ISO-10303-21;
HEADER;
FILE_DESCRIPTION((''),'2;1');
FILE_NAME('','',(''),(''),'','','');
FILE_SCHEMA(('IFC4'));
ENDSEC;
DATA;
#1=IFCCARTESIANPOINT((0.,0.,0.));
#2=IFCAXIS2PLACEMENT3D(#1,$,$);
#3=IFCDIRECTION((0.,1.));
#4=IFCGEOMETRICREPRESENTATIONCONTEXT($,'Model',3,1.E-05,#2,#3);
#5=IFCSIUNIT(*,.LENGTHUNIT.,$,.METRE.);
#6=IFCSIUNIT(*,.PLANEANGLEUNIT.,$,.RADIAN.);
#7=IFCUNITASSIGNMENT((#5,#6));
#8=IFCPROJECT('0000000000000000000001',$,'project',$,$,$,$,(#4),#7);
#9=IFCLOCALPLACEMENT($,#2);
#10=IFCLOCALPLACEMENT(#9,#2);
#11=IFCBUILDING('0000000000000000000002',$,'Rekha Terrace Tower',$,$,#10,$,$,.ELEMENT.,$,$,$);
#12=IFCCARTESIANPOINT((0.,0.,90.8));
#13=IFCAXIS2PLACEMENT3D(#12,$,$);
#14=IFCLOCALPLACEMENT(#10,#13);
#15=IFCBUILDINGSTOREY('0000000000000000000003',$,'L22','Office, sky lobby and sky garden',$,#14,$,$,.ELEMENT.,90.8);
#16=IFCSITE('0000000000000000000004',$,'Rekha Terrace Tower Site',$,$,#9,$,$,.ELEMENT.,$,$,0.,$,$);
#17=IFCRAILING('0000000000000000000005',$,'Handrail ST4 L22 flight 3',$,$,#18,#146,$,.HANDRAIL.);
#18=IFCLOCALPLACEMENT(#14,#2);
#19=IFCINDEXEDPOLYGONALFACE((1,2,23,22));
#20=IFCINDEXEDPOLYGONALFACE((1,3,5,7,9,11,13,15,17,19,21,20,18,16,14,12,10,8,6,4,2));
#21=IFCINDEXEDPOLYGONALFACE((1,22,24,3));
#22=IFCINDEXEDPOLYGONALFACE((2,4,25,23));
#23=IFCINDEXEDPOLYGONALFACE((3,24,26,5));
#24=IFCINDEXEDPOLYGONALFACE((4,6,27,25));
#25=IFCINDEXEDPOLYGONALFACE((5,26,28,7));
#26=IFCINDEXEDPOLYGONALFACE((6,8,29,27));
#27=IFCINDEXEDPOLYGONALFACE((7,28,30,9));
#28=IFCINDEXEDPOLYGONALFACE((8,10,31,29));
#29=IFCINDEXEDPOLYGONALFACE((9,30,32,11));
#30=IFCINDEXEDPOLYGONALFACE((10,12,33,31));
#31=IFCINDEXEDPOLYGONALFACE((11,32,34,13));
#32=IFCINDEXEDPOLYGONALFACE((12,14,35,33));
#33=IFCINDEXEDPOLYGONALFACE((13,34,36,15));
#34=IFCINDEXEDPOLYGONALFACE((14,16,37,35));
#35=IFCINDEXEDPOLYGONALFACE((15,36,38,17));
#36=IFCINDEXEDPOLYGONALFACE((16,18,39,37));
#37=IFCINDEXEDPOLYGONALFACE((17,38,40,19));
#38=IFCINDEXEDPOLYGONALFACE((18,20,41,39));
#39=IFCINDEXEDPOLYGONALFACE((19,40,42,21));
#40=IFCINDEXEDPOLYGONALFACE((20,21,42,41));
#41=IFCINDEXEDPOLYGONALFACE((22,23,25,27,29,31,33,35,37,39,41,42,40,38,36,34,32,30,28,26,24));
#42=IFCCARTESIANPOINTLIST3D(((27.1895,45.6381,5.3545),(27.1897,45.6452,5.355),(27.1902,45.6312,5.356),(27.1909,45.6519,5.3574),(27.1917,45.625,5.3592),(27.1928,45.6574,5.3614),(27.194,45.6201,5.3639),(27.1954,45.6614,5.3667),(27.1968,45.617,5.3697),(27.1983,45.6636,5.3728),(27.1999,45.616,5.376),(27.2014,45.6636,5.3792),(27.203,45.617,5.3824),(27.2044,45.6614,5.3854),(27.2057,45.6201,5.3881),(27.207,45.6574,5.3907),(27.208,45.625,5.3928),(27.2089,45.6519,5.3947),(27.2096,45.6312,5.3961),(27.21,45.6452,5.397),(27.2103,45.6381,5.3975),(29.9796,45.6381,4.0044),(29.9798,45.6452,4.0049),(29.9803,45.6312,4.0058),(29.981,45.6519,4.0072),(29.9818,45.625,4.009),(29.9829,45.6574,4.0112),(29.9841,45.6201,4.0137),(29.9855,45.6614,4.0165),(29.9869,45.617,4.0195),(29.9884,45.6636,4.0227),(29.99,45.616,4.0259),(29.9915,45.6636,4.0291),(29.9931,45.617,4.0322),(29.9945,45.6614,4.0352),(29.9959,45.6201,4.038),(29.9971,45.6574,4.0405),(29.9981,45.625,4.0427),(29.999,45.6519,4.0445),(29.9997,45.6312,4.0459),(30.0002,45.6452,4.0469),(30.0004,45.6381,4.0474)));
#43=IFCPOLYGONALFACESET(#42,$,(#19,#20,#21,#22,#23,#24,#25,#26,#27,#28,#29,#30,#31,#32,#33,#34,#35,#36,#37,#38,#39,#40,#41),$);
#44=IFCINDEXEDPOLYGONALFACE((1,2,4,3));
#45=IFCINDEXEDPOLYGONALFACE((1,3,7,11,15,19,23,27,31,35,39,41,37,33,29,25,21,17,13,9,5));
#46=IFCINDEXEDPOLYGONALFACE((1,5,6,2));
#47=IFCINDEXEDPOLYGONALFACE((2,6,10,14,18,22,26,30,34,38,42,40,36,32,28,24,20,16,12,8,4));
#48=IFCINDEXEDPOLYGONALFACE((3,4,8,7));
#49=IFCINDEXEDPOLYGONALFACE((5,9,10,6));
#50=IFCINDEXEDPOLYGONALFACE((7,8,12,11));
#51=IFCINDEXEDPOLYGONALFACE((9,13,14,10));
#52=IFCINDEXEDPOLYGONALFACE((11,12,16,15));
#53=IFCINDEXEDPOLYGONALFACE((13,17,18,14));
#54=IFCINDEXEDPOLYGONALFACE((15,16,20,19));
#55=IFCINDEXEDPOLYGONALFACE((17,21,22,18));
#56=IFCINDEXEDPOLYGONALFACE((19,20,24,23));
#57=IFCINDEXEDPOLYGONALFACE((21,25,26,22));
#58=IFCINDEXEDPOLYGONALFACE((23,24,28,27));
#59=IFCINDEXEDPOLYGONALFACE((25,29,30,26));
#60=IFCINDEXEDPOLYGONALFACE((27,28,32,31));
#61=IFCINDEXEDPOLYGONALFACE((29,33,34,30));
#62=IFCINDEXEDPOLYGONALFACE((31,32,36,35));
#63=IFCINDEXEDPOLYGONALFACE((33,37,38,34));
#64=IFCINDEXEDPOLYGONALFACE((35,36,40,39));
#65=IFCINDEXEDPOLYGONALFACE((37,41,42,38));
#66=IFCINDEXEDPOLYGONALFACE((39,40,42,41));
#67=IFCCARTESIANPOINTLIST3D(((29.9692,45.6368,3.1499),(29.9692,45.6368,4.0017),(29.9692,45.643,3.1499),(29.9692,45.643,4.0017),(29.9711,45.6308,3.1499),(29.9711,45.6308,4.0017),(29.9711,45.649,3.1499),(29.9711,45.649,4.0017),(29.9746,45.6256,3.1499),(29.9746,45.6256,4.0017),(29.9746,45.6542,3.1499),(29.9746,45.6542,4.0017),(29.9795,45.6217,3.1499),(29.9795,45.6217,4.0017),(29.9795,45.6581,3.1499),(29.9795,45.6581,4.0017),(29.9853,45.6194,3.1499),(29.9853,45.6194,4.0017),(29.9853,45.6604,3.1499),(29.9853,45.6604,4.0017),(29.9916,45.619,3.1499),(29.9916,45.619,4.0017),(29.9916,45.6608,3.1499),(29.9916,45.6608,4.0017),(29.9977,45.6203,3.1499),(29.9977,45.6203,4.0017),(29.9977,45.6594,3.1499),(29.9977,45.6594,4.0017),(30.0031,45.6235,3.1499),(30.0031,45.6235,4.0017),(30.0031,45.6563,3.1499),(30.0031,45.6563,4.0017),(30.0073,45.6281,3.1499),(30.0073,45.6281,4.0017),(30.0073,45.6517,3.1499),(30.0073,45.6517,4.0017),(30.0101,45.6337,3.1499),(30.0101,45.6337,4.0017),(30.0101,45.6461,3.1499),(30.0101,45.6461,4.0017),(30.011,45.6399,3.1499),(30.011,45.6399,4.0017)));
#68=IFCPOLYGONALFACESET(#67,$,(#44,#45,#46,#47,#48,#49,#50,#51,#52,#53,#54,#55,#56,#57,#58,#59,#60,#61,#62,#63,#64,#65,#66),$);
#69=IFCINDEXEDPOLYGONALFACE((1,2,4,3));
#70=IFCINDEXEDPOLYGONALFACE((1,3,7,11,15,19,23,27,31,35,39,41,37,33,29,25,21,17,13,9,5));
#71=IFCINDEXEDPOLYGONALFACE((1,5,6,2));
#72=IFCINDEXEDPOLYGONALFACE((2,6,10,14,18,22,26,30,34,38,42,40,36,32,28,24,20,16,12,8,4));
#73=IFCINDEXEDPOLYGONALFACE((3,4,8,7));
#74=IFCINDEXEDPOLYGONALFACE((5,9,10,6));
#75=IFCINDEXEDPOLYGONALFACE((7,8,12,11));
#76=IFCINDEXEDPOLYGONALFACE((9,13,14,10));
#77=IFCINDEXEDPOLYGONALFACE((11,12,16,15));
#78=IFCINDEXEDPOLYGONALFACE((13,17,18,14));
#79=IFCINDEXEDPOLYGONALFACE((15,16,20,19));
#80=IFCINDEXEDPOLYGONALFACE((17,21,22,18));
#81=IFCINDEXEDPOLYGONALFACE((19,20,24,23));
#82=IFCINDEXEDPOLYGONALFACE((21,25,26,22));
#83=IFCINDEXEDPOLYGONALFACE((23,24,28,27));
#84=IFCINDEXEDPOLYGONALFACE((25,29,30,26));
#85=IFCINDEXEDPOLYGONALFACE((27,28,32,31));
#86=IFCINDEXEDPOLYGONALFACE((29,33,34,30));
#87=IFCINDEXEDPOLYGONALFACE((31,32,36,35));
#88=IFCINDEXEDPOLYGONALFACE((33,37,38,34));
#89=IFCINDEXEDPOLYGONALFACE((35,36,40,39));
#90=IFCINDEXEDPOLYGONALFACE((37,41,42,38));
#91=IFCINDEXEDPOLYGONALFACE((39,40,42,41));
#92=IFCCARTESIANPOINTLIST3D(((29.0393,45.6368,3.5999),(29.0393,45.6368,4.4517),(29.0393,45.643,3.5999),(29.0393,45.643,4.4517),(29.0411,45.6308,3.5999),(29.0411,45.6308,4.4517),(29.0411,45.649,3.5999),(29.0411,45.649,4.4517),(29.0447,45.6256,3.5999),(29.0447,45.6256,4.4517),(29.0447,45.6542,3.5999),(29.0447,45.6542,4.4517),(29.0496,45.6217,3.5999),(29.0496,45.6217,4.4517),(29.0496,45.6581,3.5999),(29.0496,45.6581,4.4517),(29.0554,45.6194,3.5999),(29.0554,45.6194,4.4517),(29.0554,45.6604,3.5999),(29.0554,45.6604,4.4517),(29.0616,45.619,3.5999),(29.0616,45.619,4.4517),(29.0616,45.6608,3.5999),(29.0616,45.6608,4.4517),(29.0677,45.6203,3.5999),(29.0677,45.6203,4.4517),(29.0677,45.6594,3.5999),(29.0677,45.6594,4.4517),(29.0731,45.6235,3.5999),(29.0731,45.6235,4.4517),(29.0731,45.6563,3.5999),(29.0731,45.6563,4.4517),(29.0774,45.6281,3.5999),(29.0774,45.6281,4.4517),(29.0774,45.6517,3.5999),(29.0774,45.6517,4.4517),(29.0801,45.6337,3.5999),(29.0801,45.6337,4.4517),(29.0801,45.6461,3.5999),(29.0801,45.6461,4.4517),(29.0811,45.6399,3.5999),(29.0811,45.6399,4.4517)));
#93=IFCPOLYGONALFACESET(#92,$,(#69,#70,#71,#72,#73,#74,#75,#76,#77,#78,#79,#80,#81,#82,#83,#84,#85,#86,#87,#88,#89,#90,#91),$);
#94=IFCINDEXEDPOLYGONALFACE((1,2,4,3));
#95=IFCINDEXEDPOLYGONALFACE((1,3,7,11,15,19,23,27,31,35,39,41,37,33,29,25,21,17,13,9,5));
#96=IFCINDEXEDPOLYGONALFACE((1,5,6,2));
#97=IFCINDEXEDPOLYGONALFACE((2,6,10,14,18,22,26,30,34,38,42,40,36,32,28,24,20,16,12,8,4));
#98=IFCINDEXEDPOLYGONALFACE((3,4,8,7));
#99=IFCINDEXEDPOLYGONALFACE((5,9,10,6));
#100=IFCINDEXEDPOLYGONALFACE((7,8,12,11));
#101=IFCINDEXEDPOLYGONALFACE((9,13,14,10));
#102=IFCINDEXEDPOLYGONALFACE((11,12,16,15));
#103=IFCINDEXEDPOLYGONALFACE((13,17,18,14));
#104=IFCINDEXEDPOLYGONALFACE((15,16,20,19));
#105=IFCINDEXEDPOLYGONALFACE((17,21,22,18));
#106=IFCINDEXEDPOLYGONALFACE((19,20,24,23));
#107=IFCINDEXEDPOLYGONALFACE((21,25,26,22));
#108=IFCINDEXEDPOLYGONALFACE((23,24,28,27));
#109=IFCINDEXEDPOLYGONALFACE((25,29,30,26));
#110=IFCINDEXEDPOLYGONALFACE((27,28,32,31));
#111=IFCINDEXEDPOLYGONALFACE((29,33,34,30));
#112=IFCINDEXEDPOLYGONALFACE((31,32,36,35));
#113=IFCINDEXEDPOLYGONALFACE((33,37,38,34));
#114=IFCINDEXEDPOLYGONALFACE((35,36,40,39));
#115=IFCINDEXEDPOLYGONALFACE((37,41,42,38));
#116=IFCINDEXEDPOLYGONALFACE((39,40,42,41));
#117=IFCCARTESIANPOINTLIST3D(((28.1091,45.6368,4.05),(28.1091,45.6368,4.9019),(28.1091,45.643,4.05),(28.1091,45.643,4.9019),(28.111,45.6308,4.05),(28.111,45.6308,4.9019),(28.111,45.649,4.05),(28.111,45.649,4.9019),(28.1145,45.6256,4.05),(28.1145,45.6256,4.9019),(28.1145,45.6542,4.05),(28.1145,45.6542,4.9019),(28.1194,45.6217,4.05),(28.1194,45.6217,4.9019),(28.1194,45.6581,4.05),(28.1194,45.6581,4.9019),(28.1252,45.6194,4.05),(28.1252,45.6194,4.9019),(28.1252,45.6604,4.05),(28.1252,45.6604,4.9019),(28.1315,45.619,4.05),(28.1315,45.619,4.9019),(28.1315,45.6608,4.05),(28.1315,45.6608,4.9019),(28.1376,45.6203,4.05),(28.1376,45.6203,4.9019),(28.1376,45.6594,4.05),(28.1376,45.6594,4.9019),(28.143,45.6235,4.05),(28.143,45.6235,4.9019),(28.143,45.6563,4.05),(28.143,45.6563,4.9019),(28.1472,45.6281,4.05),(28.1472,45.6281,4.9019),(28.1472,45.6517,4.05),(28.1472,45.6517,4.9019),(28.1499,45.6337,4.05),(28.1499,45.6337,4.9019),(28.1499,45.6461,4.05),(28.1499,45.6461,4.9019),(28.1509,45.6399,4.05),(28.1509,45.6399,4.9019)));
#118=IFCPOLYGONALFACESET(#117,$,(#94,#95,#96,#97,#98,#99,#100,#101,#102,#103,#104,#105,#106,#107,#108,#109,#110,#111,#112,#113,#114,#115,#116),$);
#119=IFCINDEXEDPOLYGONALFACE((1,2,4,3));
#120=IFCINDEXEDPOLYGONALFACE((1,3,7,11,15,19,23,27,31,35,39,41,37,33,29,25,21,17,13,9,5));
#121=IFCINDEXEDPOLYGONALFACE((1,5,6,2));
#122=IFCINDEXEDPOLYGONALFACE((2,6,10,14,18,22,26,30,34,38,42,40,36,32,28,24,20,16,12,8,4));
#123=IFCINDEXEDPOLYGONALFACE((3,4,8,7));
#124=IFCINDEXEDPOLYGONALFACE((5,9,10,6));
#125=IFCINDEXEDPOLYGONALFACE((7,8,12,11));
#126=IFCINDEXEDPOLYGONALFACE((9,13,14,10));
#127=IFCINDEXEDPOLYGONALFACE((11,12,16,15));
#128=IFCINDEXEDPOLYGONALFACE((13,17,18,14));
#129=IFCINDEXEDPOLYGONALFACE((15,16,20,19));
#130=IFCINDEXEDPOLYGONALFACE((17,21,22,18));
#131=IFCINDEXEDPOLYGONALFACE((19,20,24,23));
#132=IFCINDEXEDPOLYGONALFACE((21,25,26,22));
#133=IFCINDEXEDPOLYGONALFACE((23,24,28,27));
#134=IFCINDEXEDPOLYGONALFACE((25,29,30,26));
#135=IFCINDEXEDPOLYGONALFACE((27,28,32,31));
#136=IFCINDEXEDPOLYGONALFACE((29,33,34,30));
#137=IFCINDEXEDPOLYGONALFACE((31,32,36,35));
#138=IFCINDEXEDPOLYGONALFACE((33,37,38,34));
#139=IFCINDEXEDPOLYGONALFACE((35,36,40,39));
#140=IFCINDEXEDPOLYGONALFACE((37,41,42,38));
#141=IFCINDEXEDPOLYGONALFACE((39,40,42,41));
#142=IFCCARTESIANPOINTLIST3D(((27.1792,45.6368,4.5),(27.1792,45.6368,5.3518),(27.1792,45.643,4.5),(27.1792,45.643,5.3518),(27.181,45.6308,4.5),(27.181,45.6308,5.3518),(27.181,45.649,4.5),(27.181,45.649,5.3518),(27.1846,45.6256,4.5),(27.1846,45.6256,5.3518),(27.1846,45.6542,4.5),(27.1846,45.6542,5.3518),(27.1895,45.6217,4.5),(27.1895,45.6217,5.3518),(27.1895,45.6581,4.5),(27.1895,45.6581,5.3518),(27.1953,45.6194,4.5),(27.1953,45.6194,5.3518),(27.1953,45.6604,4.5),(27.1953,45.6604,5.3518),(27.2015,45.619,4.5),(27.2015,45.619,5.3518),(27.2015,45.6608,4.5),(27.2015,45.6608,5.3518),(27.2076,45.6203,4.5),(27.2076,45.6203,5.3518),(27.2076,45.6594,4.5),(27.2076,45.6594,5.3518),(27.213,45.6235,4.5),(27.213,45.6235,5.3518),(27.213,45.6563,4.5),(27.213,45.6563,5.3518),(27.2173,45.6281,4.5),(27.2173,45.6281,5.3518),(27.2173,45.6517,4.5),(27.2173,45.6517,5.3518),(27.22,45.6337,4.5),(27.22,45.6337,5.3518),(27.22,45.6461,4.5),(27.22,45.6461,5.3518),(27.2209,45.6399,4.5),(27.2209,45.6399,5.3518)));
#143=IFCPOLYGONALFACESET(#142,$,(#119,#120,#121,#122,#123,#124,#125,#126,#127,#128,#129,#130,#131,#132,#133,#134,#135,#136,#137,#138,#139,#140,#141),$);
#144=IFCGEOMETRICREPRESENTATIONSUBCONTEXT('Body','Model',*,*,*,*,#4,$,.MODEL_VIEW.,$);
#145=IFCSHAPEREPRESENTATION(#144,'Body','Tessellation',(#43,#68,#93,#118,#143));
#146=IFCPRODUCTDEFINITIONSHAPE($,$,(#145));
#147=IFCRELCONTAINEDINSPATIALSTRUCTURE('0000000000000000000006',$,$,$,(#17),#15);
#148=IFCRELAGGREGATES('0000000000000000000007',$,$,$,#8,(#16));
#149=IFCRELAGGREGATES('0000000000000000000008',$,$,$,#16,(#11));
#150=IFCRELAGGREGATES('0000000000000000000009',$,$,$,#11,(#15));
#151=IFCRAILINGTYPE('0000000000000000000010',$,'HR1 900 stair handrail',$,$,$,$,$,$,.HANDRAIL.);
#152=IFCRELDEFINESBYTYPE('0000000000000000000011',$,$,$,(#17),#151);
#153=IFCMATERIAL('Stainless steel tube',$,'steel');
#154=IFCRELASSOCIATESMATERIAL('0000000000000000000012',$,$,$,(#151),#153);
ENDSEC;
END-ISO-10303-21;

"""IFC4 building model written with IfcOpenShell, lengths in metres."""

from ifc_helpers import new_model, si_unit, direction, frame, origin, origin_2d, place, context, subcontext, project, spatial, circle, extrude, material, type_object, element, save


model = new_model("IFC4")

# Units and contexts
model_context = context("Model", 3, precision=1e-05, world=origin(), true_north=direction((0.0, 1.0)))
body_context = subcontext(model_context, "Body", "Model", "MODEL_VIEW")
ifc_project = project(units=[si_unit("LENGTHUNIT", "METRE"), si_unit("PLANEANGLEUNIT", "RADIAN")], contexts=[model_context])

# Site, building, storey
site_placement = place(None, origin())
site = spatial("IfcSite", under=ifc_project, at=site_placement, Name="Rekha Terrace Tower Site", CompositionType="ELEMENT", RefElevation=0.0)
building_placement = place(site_placement, origin())
building = spatial("IfcBuilding", under=site, at=building_placement, Name="Rekha Terrace Tower", CompositionType="ELEMENT")
storey_placement = place(building_placement, frame((0.0, 0.0, 90.8)))
storey = spatial("IfcBuildingStorey", under=building, at=storey_placement, Name="L22", Description="Office, sky lobby and sky garden", CompositionType="ELEMENT", Elevation=90.8)

# Railing
ifc_material_1 = material(Name="Stainless steel tube", Category="steel")
railing_type_1 = type_object("IfcRailingType", Name="HR1 900 stair handrail", PredefinedType="HANDRAIL", material=ifc_material_1)
railing_1_placement = place(storey_placement, frame((29.99, 45.6399, 3.1499)))
element("IfcRailing", 1, at=railing_1_placement, inside=storey, type_object=railing_type_1, Name="Handrail ST4 L22 flight 3", PredefinedType="HANDRAIL", context=body_context, shape_type="SweptSolid", body=[
    extrude(circle(Radius=0.0239, at=origin_2d()), frame((0.0, 0.0, 0.876), z_axis=(-0.900149, 0.0, 0.435582), x_axis=(0.0, -1.0, 0.0)), (0.0, 0.0, 1.0), 3.0996),
    extrude(circle(Radius=0.021, at=origin_2d()), origin(), (0.0, 0.0, 1.0), 0.8518),
    extrude(circle(Radius=0.021, at=origin_2d()), frame((-0.9299, 0.0, 0.45)), (0.0, 0.0, 1.0), 0.8518),
    extrude(circle(Radius=0.021, at=origin_2d()), frame((-1.8601, 0.0, 0.9001)), (0.0, 0.0, 1.0), 0.8518),
    extrude(circle(Radius=0.021, at=origin_2d()), frame((-2.79, 0.0, 1.3501)), (0.0, 0.0, 1.0), 0.8518),
])

save(model, "model.ifc")
